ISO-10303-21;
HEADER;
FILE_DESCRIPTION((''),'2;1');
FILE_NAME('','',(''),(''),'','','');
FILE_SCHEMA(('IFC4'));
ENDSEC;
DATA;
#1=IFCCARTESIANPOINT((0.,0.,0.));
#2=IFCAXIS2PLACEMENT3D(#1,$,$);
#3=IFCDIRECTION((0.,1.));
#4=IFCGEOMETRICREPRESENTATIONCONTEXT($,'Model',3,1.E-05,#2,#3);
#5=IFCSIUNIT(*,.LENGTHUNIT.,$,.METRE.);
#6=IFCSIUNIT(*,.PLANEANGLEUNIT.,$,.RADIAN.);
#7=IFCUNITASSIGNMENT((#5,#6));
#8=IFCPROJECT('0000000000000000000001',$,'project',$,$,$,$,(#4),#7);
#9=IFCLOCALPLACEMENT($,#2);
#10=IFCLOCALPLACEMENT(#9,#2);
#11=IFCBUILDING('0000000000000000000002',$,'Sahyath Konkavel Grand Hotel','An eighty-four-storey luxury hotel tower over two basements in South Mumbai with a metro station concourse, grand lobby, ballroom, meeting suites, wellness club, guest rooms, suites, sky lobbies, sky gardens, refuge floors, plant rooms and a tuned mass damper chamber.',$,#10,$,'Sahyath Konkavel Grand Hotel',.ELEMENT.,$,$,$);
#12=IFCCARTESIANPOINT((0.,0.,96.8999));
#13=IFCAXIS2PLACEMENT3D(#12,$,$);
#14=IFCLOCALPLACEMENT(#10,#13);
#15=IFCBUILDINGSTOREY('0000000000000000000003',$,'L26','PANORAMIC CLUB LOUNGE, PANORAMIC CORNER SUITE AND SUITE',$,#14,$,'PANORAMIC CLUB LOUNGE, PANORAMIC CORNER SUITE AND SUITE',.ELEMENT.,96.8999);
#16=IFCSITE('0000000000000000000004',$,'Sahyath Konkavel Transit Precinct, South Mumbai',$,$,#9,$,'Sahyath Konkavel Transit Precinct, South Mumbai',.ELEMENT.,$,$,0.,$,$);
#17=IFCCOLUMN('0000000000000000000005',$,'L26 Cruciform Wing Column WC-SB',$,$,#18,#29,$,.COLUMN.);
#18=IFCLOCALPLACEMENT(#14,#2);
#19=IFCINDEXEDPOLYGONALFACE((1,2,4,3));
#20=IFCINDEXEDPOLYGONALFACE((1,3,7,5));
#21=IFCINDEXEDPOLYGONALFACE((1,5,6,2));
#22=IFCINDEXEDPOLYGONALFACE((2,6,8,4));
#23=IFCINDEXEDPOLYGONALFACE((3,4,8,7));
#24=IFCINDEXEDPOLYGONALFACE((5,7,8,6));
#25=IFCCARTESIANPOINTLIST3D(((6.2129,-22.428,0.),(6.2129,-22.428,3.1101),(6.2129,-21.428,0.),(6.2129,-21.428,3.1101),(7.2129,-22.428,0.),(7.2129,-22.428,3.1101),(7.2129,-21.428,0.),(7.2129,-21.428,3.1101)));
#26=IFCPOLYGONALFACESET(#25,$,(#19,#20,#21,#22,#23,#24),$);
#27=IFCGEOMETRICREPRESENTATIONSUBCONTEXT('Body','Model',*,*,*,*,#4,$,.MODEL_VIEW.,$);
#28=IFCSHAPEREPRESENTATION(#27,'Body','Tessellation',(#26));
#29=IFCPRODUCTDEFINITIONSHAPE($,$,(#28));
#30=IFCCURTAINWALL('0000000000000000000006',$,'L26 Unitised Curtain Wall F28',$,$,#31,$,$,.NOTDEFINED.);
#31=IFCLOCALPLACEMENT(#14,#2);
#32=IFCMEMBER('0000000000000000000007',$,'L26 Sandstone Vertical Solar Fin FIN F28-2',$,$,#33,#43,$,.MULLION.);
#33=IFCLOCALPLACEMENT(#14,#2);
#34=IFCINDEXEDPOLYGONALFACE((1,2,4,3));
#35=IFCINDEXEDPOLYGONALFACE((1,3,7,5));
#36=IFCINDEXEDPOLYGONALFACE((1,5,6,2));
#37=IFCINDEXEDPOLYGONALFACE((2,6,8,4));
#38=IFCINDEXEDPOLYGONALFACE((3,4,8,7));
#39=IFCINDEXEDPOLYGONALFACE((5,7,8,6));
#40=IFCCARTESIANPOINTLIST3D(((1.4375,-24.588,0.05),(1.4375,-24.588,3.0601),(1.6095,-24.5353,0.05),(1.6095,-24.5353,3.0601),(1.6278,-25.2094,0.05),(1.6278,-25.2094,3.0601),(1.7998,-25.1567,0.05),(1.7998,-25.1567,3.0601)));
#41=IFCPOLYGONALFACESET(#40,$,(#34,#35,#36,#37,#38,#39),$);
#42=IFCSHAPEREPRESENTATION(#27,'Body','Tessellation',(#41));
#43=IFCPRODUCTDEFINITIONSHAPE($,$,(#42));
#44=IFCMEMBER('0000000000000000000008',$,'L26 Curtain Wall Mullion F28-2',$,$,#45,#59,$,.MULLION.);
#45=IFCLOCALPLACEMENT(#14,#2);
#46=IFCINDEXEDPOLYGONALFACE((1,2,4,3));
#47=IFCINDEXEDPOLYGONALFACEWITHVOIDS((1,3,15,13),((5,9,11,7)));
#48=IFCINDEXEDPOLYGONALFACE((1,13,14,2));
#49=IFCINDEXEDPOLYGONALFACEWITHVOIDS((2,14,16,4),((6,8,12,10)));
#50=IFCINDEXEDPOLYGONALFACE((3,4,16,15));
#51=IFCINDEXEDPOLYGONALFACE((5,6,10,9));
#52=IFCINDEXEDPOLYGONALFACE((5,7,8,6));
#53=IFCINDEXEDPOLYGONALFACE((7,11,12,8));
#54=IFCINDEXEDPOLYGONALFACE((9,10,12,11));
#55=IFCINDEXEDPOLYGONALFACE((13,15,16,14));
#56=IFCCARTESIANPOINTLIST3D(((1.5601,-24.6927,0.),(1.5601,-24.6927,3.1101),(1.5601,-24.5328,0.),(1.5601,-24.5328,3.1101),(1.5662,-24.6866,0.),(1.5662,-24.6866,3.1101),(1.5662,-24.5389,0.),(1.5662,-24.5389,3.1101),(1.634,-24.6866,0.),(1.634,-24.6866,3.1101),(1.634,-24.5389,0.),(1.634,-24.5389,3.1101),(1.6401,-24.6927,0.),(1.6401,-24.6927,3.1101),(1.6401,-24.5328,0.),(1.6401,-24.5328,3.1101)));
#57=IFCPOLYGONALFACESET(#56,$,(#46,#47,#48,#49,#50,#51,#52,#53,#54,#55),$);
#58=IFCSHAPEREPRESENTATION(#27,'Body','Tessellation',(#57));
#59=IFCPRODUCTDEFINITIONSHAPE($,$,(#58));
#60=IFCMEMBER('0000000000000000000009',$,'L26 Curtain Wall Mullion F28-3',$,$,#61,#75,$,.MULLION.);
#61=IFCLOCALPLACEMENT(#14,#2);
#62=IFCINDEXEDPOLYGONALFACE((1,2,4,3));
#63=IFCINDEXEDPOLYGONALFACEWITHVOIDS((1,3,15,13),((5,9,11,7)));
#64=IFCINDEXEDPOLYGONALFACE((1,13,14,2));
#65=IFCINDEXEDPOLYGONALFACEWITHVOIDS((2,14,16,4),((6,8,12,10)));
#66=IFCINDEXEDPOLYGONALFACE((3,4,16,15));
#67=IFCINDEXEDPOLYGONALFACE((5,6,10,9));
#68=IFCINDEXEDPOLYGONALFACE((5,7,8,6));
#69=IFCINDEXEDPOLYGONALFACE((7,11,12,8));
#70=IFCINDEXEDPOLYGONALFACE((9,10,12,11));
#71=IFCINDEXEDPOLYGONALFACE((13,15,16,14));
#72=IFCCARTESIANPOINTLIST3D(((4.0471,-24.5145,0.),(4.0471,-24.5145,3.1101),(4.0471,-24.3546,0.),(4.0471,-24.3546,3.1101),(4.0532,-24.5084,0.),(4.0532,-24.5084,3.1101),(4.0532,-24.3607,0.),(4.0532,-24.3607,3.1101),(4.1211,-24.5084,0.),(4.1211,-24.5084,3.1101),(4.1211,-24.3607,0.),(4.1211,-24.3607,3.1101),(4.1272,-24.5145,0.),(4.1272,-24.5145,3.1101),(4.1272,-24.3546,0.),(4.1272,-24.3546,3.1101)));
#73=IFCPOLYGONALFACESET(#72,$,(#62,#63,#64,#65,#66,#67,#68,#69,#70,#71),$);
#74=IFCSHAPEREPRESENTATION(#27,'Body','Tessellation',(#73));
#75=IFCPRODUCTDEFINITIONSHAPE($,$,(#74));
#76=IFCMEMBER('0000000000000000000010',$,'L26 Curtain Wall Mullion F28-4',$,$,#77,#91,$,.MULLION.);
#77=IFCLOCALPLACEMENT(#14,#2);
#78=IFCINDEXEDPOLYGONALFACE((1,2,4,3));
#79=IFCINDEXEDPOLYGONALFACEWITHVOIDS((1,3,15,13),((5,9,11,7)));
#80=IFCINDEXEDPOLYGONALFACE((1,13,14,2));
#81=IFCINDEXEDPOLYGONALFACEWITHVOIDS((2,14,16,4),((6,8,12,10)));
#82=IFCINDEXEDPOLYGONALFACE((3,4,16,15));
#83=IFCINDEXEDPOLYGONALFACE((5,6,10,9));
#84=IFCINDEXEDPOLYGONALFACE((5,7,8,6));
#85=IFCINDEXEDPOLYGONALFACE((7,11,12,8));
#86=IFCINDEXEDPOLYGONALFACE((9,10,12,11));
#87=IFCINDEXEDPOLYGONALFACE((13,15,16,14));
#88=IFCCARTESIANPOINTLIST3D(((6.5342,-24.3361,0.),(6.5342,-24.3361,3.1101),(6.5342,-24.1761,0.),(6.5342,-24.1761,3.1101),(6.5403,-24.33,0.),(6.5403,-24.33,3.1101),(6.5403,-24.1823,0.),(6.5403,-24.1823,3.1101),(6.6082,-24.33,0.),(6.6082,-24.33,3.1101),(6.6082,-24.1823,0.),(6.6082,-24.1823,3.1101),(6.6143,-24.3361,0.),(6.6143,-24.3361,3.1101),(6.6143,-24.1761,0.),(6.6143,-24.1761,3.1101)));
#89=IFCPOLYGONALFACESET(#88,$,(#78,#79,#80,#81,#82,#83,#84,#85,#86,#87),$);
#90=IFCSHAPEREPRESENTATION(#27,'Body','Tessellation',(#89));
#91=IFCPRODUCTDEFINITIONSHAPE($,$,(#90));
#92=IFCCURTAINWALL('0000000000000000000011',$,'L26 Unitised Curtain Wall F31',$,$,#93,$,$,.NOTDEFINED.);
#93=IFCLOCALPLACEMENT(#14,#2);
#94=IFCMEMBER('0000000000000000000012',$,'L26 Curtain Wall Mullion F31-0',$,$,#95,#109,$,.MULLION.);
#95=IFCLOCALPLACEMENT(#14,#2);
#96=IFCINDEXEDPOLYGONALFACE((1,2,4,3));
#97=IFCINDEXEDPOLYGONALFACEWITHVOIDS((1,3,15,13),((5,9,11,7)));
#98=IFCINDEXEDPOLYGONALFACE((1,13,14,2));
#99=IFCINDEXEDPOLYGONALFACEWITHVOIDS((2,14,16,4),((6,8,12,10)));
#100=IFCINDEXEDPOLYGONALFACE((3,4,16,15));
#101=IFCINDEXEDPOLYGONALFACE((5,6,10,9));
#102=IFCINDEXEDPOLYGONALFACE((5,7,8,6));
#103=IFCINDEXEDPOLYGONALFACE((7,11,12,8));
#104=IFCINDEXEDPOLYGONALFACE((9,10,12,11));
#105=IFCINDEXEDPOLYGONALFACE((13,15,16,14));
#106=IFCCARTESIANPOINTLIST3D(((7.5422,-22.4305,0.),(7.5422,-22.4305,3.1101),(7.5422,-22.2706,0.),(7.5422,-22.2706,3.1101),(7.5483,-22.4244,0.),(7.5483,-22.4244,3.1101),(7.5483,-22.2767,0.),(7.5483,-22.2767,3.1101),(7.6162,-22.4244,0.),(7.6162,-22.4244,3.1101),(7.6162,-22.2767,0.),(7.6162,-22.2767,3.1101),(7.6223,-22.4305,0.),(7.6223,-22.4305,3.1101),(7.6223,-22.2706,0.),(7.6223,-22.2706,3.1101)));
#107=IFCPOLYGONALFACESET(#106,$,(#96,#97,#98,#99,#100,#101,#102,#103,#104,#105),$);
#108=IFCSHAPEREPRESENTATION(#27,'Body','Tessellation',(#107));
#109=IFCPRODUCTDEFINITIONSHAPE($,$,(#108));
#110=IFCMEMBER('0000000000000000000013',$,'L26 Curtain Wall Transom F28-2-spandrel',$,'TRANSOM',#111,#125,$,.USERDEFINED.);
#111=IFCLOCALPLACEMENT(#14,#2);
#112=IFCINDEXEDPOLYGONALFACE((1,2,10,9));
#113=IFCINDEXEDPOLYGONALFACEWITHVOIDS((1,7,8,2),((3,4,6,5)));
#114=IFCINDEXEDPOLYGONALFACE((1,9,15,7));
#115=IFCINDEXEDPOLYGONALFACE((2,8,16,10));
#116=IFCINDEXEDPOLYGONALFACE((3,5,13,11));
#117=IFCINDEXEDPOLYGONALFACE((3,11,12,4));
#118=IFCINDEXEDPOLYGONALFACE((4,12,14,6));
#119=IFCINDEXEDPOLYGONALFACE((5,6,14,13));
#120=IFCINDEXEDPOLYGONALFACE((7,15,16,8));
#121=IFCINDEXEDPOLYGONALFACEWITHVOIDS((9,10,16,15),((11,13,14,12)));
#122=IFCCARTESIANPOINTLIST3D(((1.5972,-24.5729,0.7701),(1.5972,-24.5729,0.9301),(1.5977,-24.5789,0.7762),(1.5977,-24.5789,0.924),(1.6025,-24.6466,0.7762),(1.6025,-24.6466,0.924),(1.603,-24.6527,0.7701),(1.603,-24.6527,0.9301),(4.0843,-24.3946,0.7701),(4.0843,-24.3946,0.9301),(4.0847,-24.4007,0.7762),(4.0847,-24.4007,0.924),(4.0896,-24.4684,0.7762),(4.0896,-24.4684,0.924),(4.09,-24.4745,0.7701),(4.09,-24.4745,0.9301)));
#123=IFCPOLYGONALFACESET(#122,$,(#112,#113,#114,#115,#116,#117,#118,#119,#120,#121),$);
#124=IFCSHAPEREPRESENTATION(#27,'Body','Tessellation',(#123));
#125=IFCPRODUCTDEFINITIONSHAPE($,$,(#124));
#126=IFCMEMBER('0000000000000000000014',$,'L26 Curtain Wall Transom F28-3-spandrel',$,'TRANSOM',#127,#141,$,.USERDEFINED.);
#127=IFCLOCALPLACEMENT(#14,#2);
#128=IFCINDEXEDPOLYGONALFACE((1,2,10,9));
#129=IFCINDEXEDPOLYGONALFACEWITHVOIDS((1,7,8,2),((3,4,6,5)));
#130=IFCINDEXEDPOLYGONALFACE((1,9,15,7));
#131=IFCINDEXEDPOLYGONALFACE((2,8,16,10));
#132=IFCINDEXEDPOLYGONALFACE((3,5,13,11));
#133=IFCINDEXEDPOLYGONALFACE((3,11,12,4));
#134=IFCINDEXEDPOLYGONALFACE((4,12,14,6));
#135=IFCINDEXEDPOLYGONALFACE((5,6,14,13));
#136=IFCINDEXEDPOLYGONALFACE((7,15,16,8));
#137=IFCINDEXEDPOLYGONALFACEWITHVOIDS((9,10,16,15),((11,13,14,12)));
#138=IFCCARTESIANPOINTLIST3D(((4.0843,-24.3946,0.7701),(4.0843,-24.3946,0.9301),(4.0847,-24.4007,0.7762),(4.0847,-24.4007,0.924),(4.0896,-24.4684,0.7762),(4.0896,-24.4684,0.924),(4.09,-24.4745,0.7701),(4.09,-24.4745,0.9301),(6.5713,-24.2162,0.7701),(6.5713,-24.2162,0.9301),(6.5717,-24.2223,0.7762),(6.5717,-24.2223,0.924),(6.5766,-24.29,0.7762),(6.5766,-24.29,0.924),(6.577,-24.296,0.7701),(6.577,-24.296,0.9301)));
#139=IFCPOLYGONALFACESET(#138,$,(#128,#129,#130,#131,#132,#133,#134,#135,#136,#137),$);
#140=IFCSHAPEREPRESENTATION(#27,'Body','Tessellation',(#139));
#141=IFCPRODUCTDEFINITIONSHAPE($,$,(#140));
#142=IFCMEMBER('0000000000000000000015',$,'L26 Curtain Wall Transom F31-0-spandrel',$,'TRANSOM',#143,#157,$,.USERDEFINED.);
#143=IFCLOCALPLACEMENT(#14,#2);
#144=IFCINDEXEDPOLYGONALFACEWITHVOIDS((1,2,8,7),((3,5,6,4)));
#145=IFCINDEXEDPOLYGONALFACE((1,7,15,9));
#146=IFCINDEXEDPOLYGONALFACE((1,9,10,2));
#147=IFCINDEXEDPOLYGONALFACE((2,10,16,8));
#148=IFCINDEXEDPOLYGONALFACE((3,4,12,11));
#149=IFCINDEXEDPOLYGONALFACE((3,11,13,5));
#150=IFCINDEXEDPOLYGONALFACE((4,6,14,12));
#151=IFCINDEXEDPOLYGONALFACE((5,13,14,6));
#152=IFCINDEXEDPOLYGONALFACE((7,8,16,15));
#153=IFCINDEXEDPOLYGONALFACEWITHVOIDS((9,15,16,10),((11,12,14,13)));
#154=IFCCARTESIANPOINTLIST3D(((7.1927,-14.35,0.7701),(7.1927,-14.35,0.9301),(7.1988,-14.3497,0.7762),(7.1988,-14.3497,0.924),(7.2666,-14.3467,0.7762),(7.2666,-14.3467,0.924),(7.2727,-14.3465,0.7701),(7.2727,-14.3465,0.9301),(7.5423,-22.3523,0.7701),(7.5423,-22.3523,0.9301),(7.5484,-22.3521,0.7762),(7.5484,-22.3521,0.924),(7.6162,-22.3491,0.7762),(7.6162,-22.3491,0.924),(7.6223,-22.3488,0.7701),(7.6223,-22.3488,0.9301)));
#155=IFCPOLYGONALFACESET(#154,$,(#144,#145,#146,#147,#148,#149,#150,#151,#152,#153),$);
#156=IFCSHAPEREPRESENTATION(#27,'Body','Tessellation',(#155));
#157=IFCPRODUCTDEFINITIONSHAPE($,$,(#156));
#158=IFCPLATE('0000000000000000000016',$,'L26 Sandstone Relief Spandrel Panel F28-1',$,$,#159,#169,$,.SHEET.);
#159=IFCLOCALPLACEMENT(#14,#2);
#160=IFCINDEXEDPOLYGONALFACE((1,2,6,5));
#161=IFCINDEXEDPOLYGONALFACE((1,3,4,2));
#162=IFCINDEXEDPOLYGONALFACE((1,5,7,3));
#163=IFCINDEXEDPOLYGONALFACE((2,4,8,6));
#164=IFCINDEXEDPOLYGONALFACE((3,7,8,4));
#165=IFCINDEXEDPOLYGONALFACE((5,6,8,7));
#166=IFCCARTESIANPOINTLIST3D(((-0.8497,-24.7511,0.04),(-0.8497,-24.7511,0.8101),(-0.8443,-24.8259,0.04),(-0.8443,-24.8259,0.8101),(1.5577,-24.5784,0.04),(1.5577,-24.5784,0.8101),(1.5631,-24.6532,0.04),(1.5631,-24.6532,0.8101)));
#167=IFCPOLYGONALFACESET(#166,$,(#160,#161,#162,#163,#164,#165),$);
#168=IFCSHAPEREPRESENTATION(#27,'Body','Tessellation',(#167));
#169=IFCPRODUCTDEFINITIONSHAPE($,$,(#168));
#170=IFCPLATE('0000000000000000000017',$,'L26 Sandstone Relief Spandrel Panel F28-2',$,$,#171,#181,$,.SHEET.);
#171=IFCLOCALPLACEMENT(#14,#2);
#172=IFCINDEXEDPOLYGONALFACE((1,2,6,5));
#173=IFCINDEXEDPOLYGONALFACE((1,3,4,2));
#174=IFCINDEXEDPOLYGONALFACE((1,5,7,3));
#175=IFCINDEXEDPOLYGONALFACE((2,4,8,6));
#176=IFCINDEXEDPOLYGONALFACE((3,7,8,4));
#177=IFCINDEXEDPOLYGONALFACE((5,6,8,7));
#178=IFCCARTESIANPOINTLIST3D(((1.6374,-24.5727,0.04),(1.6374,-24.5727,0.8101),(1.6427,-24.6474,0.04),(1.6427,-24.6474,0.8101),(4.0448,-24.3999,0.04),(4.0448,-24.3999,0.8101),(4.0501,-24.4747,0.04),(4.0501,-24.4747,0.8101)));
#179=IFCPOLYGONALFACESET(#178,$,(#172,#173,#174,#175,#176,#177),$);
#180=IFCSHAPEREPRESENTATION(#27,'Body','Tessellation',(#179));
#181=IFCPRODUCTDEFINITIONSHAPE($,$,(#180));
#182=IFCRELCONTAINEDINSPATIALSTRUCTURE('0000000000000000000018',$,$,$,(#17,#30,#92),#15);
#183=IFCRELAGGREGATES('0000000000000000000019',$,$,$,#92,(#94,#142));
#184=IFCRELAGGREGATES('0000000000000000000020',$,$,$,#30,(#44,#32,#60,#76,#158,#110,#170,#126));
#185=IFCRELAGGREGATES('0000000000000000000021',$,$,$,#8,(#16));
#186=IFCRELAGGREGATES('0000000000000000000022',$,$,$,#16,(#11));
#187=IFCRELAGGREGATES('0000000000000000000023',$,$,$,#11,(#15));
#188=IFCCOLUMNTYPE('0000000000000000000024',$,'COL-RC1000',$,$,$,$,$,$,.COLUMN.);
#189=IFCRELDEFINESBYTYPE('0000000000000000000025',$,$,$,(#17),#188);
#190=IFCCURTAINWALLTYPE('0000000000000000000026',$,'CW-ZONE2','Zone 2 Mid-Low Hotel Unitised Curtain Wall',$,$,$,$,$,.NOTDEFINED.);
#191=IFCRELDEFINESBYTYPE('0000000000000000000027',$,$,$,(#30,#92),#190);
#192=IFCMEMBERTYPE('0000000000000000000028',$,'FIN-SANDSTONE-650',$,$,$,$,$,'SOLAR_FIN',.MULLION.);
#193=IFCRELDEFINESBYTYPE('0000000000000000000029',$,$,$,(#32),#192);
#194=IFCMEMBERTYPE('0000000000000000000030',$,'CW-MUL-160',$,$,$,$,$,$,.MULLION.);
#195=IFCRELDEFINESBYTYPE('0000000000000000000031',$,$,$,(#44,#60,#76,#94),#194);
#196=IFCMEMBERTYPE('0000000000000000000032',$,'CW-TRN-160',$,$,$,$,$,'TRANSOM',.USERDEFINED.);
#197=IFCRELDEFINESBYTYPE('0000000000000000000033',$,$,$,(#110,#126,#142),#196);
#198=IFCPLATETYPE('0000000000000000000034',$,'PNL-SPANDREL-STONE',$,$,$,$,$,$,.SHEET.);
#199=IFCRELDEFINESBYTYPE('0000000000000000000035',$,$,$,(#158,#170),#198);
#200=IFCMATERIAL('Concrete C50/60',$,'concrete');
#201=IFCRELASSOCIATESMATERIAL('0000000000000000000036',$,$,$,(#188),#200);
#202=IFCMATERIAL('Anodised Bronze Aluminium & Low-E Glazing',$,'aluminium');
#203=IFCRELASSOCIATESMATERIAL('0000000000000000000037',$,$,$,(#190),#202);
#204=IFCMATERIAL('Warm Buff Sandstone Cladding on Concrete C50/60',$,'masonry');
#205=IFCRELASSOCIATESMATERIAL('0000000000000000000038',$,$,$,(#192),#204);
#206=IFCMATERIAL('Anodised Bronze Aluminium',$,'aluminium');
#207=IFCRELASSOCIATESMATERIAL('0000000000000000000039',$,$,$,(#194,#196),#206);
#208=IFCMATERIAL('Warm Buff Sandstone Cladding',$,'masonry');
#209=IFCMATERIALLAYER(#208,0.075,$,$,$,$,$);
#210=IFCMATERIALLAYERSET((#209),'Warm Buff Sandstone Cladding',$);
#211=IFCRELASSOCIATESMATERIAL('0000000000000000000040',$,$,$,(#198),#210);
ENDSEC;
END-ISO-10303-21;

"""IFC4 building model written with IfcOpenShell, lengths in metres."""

from ifc_helpers import new_model, si_unit, direction, frame, origin, origin_2d, place, context, subcontext, project, spatial, rectangle, hollow_rectangle, extrude, source, transform, mapped, material, layer, layer_set, material_profile, profile_set, type_object, element, aggregate, save


model = new_model("IFC4")

# Units and contexts
model_context = context("Model", 3, precision=1e-05, world=origin(), true_north=direction((0.0, 1.0)))
body_context = subcontext(model_context, "Body", "Model", "MODEL_VIEW")
ifc_project = project(units=[si_unit("LENGTHUNIT", "METRE"), si_unit("PLANEANGLEUNIT", "RADIAN")], contexts=[model_context])

# Site, building, storey
site_placement = place(None, origin())
site = spatial("IfcSite", under=ifc_project, at=site_placement, Name="Sahyath Konkavel Transit Precinct, South Mumbai", LongName="Sahyath Konkavel Transit Precinct, South Mumbai", CompositionType="ELEMENT", RefElevation=0.0)
building_placement = place(site_placement, origin())
building = spatial("IfcBuilding", under=site, at=building_placement, Name="Sahyath Konkavel Grand Hotel", Description="An eighty-four-storey luxury hotel tower over two basements in South Mumbai with a metro station concourse, grand lobby, ballroom, meeting suites, wellness club, guest rooms, suites, sky lobbies, sky gardens, refuge floors, plant rooms and a tuned mass damper chamber.", LongName="Sahyath Konkavel Grand Hotel", CompositionType="ELEMENT")
storey_placement = place(building_placement, frame((0.0, 0.0, 96.8999)))
storey = spatial("IfcBuildingStorey", under=building, at=storey_placement, Name="L26", Description="PANORAMIC CLUB LOUNGE, PANORAMIC CORNER SUITE AND SUITE", LongName="PANORAMIC CLUB LOUNGE, PANORAMIC CORNER SUITE AND SUITE", CompositionType="ELEMENT", Elevation=96.8999)

# Column
ifc_material_1 = material(Name="Concrete C50/60", Category="concrete")
ifc_material_profile_1 = material_profile(ifc_material_1, rectangle(XDim=1.0, YDim=1.0, at=origin_2d()), Name="RC 1000x1000")
ifc_profile_set_1 = profile_set([ifc_material_profile_1], Name="Concrete C50/60")
column_type = type_object("IfcColumnType", Name="COL-RC1000", PredefinedType="COLUMN", material=ifc_profile_set_1)
shared_shape_1 = source(origin(), body_context, "Body", "SweptSolid", [
    extrude(rectangle(XDim=1.0, YDim=1.0, at=origin_2d()), origin(), (0.0, 0.0, 1.0), 3.1101),
])
column_placement = place(storey_placement, frame((6.7129, -21.928, 0.0), z_axis=(0.0, 0.0, 1.0), x_axis=(1.0, 0.0, 0.0)))
element("IfcColumn", 1, at=column_placement, inside=storey, type_object=column_type, Name="L26 Cruciform Wing Column WC-SB", PredefinedType="COLUMN", context=body_context, shape_type="MappedRepresentation", body=[
    mapped(shared_shape_1, transform((0.0, 0.0, 0.0), scale=1.0)),
])

# Curtain wall, members
ifc_material_2 = material(Name="Anodised Bronze Aluminium & Low-E Glazing", Category="aluminium")
curtain_wall_type = type_object("IfcCurtainWallType", Name="CW-ZONE2", Description="Zone 2 Mid-Low Hotel Unitised Curtain Wall", PredefinedType="NOTDEFINED", material=ifc_material_2)
curtain_wall_1_placement = place(storey_placement, origin())
curtain_wall_1 = element("IfcCurtainWall", 2, at=curtain_wall_1_placement, inside=storey, type_object=curtain_wall_type, Name="L26 Unitised Curtain Wall F28", PredefinedType="NOTDEFINED")
ifc_material_3 = material(Name="Warm Buff Sandstone Cladding on Concrete C50/60", Category="masonry")
ifc_material_profile_2 = material_profile(ifc_material_3, rectangle(XDim=0.1799, YDim=0.6499, at=origin_2d()), Name="FIN 180x650")
ifc_profile_set_2 = profile_set([ifc_material_profile_2], Name="Warm Buff Sandstone Cladding on Concrete C50/60")
member_type_1 = type_object("IfcMemberType", Name="FIN-SANDSTONE-650", ElementType="SOLAR_FIN", PredefinedType="MULLION", material=ifc_profile_set_2)
shared_shape_2 = source(origin(), body_context, "Body", "SweptSolid", [
    extrude(rectangle(XDim=0.1799, YDim=0.6499, at=origin_2d()), origin(), (0.0, 0.0, 1.0), 3.01),
])
member_1_placement = place(storey_placement, frame((1.6187, -24.8723, 0.05), z_axis=(0.0, 0.0, 1.0), x_axis=(0.956152, 0.292872, 0.0)))
member_1 = element("IfcMember", 3, at=member_1_placement, type_object=member_type_1, Name="L26 Sandstone Vertical Solar Fin FIN F28-2", PredefinedType="MULLION", context=body_context, shape_type="MappedRepresentation", body=[
    mapped(shared_shape_2, transform((0.0, 0.0, 0.0), scale=1.0)),
])
ifc_material_4 = material(Name="Anodised Bronze Aluminium", Category="aluminium")
ifc_material_profile_3 = material_profile(ifc_material_4, hollow_rectangle(XDim=0.0801, YDim=0.1599, WallThickness=0.0061, at=origin_2d()), Name="RHS 160x80x6")
ifc_profile_set_3 = profile_set([ifc_material_profile_3], Name="Anodised Bronze Aluminium")
member_type_2 = type_object("IfcMemberType", Name="CW-MUL-160", PredefinedType="MULLION", material=ifc_profile_set_3)
shared_shape_3 = source(origin(), body_context, "Body", "SweptSolid", [
    extrude(hollow_rectangle(XDim=0.0801, YDim=0.1599, WallThickness=0.0061, at=origin_2d()), origin(), (0.0, 0.0, 1.0), 3.1101),
])
member_2_placement = place(storey_placement, frame((1.6001, -24.6128, 0.0), z_axis=(0.0, 0.0, 1.0), x_axis=(1.0, 0.0, 0.0)))
member_2 = element("IfcMember", 4, at=member_2_placement, type_object=member_type_2, Name="L26 Curtain Wall Mullion F28-2", PredefinedType="MULLION", context=body_context, shape_type="MappedRepresentation", body=[
    mapped(shared_shape_3, transform((0.0, 0.0, 0.0), scale=1.0)),
])
member_3_placement = place(storey_placement, frame((4.0872, -24.4346, 0.0), z_axis=(0.0, 0.0, 1.0), x_axis=(1.0, 0.0, 0.0)))
member_3 = element("IfcMember", 5, at=member_3_placement, type_object=member_type_2, Name="L26 Curtain Wall Mullion F28-3", PredefinedType="MULLION", context=body_context, shape_type="MappedRepresentation", body=[
    mapped(shared_shape_3, transform((0.0, 0.0, 0.0), scale=1.0)),
])
member_4_placement = place(storey_placement, frame((6.5742, -24.2561, 0.0), z_axis=(0.0, 0.0, 1.0), x_axis=(1.0, 0.0, 0.0)))
member_4 = element("IfcMember", 6, at=member_4_placement, type_object=member_type_2, Name="L26 Curtain Wall Mullion F28-4", PredefinedType="MULLION", context=body_context, shape_type="MappedRepresentation", body=[
    mapped(shared_shape_3, transform((0.0, 0.0, 0.0), scale=1.0)),
])

# Curtain wall, member
curtain_wall_2_placement = place(storey_placement, origin())
curtain_wall_2 = element("IfcCurtainWall", 7, at=curtain_wall_2_placement, inside=storey, type_object=curtain_wall_type, Name="L26 Unitised Curtain Wall F31", PredefinedType="NOTDEFINED")
member_5_placement = place(storey_placement, frame((7.5823, -22.3506, 0.0), z_axis=(0.0, 0.0, 1.0), x_axis=(1.0, 0.0, 0.0)))
member_5 = element("IfcMember", 8, at=member_5_placement, type_object=member_type_2, Name="L26 Curtain Wall Mullion F31-0", PredefinedType="MULLION", context=body_context, shape_type="MappedRepresentation", body=[
    mapped(shared_shape_3, transform((0.0, 0.0, 0.0), scale=1.0)),
])

# Members
ifc_material_profile_4 = material_profile(ifc_material_4, hollow_rectangle(XDim=0.0801, YDim=0.1599, WallThickness=0.0061, at=origin_2d()), Name="RHS 160x80x6")
ifc_profile_set_4 = profile_set([ifc_material_profile_4], Name="Anodised Bronze Aluminium")
member_type_3 = type_object("IfcMemberType", Name="CW-TRN-160", ElementType="TRANSOM", PredefinedType="USERDEFINED", material=ifc_profile_set_4)
shared_shape_4 = source(origin(), body_context, "Body", "SweptSolid", [
    extrude(hollow_rectangle(XDim=0.0801, YDim=0.1599, WallThickness=0.0061, at=origin_2d()), origin(), (0.0, 0.0, 1.0), 2.4934),
])
member_6_placement = place(storey_placement, frame((1.6001, -24.6128, 0.8501), z_axis=(0.997442, 0.071477, 0.0), x_axis=(-0.071477, 0.997442, 0.0)))
member_6 = element("IfcMember", 9, at=member_6_placement, type_object=member_type_3, Name="L26 Curtain Wall Transom F28-2-spandrel", ObjectType="TRANSOM", PredefinedType="USERDEFINED", context=body_context, shape_type="MappedRepresentation", body=[
    mapped(shared_shape_4, transform((0.0, 0.0, 0.0), scale=1.0)),
])
member_7_placement = place(storey_placement, frame((4.0872, -24.4346, 0.8501), z_axis=(0.997435, 0.071574, 0.0), x_axis=(-0.071574, 0.997435, 0.0)))
member_7 = element("IfcMember", 10, at=member_7_placement, type_object=member_type_3, Name="L26 Curtain Wall Transom F28-3-spandrel", ObjectType="TRANSOM", PredefinedType="USERDEFINED", context=body_context, shape_type="MappedRepresentation", body=[
    mapped(shared_shape_4, transform((0.0, 0.0, 0.0), scale=1.0)),
])
shared_shape_5 = source(origin(), body_context, "Body", "SweptSolid", [
    extrude(hollow_rectangle(XDim=0.0801, YDim=0.1599, WallThickness=0.0061, at=origin_2d()), origin(), (0.0, 0.0, 1.0), 8.01),
])
member_8_placement = place(storey_placement, frame((7.5823, -22.3506, 0.8501), z_axis=(-0.043646, 0.999047, 0.0), x_axis=(-0.999047, -0.043646, 0.0)))
member_8 = element("IfcMember", 11, at=member_8_placement, type_object=member_type_3, Name="L26 Curtain Wall Transom F31-0-spandrel", ObjectType="TRANSOM", PredefinedType="USERDEFINED", context=body_context, shape_type="MappedRepresentation", body=[
    mapped(shared_shape_5, transform((0.0, 0.0, 0.0), scale=1.0)),
])

# Plates
ifc_material_5 = material(Name="Warm Buff Sandstone Cladding", Category="masonry")
ifc_layer_1 = layer(ifc_material_5, 0.075)
ifc_layer_set_1 = layer_set([ifc_layer_1], Name="Warm Buff Sandstone Cladding")
plate_type_1 = type_object("IfcPlateType", Name="PNL-SPANDREL-STONE", PredefinedType="SHEET", material=ifc_layer_set_1)
shared_shape_6 = source(origin(), body_context, "Body", "SweptSolid", [
    extrude(rectangle(XDim=2.4136, YDim=0.075, at=origin_2d()), origin(), (0.0, 0.0, 1.0), 0.77),
])
plate_1_placement = place(storey_placement, frame((0.3567, -24.7021, 0.04), z_axis=(0.0, 0.0, 1.0), x_axis=(0.997436, 0.071567, 0.0)))
plate_1 = element("IfcPlate", 12, at=plate_1_placement, type_object=plate_type_1, Name="L26 Sandstone Relief Spandrel Panel F28-1", PredefinedType="SHEET", context=body_context, shape_type="MappedRepresentation", body=[
    mapped(shared_shape_6, transform((0.0, 0.0, 0.0), scale=1.0)),
])
plate_2_placement = place(storey_placement, frame((2.8438, -24.5237, 0.04), z_axis=(0.0, 0.0, 1.0), x_axis=(0.997436, 0.071567, 0.0)))
plate_2 = element("IfcPlate", 13, at=plate_2_placement, type_object=plate_type_1, Name="L26 Sandstone Relief Spandrel Panel F28-2", PredefinedType="SHEET", context=body_context, shape_type="MappedRepresentation", body=[
    mapped(shared_shape_6, transform((0.0, 0.0, 0.0), scale=1.0)),
])
aggregate(curtain_wall_2, [member_5, member_8])
aggregate(curtain_wall_1, [member_2, member_1, member_3, member_4, plate_1, member_6, plate_2, member_7])

save(model, "model.ifc")
